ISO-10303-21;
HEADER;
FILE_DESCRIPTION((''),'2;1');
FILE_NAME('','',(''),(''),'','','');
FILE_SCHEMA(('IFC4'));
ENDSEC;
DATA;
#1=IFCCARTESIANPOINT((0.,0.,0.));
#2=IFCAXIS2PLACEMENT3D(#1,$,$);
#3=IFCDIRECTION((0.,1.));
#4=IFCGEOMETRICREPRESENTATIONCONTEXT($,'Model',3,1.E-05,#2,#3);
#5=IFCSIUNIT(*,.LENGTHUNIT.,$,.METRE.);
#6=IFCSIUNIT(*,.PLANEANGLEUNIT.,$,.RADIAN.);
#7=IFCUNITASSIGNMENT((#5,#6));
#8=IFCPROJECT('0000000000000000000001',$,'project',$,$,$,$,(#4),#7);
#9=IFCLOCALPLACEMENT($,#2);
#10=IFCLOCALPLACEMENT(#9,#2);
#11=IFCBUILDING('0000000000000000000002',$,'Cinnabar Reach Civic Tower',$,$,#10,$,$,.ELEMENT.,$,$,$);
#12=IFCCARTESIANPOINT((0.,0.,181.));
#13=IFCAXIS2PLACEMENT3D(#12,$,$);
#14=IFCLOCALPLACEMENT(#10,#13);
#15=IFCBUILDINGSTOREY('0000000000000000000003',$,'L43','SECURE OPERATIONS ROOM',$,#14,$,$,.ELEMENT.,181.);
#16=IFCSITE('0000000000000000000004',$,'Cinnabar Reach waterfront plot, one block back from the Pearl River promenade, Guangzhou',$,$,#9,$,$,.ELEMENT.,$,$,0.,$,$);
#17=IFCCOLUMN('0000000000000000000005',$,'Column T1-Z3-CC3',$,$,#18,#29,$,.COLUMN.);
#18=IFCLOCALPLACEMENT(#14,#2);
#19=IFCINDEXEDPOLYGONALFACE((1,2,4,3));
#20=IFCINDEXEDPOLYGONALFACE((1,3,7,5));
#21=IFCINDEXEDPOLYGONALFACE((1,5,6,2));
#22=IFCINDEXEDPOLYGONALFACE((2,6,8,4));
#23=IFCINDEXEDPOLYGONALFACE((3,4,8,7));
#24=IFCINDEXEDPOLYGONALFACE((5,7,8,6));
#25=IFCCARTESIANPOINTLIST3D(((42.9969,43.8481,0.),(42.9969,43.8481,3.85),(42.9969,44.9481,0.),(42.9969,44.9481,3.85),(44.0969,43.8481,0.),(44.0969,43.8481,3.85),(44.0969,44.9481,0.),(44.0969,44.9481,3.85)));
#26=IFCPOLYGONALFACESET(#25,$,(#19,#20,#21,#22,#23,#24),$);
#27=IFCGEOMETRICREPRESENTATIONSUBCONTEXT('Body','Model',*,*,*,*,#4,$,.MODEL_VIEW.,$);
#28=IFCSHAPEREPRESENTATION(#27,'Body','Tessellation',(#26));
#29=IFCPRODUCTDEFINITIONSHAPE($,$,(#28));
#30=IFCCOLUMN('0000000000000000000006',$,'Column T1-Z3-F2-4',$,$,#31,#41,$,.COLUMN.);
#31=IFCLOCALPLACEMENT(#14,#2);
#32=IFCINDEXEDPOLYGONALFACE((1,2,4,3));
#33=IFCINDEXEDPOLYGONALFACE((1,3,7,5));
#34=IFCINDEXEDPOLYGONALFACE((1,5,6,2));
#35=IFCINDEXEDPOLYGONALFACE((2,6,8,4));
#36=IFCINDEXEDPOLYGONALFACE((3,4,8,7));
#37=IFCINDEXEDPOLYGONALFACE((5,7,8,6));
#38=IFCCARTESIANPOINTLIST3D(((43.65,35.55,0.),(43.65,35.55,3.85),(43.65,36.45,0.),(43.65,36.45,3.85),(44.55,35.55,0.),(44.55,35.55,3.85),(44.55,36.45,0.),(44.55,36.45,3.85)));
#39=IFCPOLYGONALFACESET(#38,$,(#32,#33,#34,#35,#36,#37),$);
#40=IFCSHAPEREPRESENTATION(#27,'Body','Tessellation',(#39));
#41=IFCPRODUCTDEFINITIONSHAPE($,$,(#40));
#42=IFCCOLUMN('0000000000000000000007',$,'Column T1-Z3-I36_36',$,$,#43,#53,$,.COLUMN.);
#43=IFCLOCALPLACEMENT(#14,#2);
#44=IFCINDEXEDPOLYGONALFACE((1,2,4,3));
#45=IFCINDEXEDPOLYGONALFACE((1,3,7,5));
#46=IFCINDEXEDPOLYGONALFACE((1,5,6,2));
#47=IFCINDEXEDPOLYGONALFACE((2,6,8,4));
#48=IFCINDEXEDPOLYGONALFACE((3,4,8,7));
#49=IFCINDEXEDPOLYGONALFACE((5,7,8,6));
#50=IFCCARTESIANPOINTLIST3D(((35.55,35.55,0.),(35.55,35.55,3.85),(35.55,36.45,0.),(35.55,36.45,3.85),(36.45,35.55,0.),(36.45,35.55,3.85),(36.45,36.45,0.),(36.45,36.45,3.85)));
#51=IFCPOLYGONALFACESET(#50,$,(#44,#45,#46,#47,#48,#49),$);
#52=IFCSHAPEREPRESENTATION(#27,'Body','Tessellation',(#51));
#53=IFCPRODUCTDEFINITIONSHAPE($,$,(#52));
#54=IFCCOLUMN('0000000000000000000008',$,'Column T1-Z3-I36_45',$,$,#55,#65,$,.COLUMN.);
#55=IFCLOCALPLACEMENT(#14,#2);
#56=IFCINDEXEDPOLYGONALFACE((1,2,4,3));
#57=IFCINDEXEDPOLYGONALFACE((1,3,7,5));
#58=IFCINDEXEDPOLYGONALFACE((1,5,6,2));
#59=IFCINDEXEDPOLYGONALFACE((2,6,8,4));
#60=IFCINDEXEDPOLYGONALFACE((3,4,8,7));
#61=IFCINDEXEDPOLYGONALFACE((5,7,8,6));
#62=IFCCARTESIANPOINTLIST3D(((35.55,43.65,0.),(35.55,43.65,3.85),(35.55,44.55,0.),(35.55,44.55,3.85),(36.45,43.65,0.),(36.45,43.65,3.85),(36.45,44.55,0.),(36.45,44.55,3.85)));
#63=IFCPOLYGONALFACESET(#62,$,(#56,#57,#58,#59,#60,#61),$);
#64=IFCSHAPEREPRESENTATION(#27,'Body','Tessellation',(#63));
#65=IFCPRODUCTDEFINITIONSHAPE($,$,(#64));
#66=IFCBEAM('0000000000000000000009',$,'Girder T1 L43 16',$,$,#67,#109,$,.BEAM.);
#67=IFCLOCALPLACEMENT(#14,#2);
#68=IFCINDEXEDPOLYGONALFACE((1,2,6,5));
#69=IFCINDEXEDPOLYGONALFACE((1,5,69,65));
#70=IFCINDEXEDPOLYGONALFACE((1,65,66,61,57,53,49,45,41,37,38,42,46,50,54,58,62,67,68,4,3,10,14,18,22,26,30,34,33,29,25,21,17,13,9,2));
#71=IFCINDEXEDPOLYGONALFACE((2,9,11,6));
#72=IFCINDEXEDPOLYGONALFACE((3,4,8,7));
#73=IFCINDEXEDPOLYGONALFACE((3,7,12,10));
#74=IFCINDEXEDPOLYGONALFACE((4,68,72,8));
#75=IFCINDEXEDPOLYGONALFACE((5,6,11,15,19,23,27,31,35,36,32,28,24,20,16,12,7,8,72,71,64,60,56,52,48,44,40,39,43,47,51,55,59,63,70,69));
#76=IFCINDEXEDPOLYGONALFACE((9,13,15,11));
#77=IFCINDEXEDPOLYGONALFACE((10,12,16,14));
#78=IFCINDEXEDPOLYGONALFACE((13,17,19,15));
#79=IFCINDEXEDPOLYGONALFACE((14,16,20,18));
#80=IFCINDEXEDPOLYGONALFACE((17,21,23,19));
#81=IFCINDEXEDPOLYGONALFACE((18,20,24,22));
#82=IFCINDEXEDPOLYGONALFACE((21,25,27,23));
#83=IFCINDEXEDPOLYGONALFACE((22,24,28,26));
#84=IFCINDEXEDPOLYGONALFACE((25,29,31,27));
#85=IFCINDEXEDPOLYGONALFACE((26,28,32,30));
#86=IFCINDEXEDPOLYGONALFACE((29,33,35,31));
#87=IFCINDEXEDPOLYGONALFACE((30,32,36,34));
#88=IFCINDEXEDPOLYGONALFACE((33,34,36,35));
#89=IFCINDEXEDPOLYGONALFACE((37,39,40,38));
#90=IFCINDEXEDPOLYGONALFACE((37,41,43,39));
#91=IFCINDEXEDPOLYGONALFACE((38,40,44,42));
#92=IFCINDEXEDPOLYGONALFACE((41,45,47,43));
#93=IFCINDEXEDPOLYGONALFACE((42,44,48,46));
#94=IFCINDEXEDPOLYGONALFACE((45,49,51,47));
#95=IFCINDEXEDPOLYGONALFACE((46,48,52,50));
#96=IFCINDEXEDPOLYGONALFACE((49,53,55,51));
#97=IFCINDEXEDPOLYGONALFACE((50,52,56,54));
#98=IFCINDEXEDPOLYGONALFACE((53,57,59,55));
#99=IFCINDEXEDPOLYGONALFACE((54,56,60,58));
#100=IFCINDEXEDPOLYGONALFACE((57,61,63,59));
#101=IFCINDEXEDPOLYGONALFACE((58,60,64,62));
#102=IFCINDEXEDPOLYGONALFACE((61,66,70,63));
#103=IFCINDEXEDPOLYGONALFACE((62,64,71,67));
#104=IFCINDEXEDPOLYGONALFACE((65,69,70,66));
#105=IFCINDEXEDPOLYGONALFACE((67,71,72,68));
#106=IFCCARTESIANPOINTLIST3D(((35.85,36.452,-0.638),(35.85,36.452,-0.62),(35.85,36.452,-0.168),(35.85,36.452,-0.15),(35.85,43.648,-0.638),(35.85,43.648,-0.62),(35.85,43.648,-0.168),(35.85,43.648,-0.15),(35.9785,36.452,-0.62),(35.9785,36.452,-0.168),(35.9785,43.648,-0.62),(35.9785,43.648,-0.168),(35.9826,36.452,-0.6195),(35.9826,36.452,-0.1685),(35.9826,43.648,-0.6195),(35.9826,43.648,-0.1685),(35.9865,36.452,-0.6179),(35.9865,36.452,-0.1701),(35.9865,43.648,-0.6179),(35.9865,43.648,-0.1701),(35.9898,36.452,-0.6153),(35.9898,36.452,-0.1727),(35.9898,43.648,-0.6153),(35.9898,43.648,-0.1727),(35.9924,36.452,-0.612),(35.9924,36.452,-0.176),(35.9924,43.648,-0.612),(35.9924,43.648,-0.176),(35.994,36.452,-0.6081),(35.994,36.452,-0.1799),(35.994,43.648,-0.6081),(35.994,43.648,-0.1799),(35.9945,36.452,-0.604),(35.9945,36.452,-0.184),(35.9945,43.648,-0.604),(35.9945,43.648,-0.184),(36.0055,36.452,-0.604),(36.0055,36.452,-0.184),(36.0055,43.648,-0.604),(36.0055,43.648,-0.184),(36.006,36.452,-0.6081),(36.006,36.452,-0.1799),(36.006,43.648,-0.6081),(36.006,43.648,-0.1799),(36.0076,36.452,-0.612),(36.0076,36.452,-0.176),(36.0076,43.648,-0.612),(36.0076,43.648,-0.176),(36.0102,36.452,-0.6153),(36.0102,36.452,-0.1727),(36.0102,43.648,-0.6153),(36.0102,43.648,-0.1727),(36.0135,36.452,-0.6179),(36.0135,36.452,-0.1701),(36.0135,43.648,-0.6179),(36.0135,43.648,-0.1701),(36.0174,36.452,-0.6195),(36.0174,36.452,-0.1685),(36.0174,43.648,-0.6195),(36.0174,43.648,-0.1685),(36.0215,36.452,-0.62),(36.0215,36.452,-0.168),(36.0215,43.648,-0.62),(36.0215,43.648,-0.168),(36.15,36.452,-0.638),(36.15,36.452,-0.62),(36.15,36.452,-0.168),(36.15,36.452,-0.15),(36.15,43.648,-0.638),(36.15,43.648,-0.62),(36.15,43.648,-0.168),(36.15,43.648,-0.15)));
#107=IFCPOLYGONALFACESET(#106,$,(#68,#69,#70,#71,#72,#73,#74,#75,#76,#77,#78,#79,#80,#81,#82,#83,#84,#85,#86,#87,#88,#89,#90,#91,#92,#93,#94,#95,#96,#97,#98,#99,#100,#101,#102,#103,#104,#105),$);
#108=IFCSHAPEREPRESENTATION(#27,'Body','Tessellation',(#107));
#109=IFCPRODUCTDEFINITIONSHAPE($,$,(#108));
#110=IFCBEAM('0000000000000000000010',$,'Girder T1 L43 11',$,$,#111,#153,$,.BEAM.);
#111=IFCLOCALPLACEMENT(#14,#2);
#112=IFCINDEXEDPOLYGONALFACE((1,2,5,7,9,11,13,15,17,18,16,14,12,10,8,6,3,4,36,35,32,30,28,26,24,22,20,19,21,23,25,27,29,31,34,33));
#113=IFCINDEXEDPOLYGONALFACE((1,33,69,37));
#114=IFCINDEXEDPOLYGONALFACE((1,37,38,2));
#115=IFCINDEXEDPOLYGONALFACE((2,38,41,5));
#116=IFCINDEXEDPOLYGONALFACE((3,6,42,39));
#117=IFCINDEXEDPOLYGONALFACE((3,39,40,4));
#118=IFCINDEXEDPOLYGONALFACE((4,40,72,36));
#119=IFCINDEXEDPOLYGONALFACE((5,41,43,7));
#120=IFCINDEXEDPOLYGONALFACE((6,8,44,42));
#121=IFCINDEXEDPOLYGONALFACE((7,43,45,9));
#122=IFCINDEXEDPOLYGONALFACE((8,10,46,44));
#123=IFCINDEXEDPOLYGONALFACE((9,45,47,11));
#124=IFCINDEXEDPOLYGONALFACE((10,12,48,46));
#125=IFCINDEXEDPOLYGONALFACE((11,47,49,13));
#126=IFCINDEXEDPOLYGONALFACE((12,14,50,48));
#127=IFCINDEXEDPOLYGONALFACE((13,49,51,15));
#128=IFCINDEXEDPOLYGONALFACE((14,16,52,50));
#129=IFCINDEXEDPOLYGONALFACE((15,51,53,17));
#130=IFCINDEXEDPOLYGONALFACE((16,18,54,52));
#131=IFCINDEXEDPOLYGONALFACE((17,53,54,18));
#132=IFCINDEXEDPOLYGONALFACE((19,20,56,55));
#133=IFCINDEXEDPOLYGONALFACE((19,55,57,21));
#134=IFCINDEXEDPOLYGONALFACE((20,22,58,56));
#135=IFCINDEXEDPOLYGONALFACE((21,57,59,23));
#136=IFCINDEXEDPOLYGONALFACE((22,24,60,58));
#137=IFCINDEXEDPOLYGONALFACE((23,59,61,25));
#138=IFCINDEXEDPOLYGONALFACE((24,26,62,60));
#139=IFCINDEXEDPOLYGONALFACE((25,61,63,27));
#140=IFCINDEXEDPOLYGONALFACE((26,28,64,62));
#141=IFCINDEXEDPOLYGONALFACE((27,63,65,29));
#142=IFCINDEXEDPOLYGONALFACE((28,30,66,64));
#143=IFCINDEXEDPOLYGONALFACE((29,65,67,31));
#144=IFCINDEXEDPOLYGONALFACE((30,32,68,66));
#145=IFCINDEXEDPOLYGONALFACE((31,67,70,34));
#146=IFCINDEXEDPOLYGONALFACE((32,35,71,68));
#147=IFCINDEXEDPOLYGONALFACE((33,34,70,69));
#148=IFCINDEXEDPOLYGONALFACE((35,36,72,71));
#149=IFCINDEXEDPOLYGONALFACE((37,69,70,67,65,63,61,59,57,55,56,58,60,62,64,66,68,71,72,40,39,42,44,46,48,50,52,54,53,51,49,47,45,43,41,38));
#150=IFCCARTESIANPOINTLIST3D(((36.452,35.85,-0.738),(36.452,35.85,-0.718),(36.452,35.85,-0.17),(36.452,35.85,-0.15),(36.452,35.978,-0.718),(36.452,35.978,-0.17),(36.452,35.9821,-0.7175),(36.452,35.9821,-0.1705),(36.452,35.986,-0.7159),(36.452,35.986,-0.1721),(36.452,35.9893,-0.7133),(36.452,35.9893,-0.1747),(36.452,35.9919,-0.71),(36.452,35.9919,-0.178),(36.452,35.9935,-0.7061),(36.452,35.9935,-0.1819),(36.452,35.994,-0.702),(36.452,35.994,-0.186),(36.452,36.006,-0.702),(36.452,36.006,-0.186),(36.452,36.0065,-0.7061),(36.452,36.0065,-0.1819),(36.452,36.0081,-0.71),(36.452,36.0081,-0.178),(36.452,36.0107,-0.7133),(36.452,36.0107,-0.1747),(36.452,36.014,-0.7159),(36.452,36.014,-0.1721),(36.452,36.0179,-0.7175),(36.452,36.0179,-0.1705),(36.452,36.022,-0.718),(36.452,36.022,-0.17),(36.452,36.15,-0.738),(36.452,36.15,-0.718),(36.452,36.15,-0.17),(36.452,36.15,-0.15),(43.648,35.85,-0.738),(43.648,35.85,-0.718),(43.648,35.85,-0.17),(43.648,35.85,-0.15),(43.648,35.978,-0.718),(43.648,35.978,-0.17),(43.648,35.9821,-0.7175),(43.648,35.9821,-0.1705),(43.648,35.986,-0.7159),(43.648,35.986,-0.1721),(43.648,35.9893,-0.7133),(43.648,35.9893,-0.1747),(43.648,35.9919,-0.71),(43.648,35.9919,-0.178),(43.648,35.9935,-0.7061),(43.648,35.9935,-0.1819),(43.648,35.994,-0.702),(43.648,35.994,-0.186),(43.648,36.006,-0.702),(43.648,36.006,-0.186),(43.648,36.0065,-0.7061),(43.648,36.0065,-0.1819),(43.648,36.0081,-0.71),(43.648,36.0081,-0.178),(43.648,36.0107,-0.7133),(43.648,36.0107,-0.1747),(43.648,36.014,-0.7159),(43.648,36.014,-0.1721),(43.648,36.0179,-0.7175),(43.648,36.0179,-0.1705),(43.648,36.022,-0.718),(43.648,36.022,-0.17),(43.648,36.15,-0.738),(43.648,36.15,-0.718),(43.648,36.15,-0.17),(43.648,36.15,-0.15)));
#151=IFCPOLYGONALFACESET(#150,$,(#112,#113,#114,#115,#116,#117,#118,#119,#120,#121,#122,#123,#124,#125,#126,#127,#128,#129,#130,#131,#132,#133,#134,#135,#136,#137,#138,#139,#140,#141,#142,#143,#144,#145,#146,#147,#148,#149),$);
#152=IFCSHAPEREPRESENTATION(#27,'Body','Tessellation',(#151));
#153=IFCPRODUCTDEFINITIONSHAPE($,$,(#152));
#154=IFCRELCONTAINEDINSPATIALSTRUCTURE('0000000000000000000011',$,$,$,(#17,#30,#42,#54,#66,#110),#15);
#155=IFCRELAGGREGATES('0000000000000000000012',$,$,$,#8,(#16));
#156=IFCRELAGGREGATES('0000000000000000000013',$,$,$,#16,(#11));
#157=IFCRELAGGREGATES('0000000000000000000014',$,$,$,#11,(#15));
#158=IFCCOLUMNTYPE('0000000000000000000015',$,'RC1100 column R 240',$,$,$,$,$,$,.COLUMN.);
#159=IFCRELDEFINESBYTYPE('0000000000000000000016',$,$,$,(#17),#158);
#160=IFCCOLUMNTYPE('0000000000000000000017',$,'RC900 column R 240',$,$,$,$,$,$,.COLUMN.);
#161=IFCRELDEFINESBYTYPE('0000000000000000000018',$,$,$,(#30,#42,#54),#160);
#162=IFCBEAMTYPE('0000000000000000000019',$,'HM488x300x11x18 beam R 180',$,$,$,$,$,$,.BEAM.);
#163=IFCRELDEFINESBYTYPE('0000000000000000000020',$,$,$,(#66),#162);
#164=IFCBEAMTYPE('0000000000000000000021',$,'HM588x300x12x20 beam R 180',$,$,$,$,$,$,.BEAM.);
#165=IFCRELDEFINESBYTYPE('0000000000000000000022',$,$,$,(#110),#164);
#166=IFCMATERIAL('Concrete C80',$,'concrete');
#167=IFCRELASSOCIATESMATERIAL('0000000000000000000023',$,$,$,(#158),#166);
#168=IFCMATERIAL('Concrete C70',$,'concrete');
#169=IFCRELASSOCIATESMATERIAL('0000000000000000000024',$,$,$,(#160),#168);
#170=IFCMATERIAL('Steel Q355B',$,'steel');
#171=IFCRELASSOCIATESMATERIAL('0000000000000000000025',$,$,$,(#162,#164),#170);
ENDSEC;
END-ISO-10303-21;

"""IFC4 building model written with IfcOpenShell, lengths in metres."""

from ifc_helpers import new_model, si_unit, direction, frame, origin, origin_2d, place, context, subcontext, project, spatial, rectangle, i_section, extrude, material, material_profile, profile_set, type_object, element, save


model = new_model("IFC4")

# Units and contexts
model_context = context("Model", 3, precision=1e-05, world=origin(), true_north=direction((0.0, 1.0)))
body_context = subcontext(model_context, "Body", "Model", "MODEL_VIEW")
ifc_project = project(units=[si_unit("LENGTHUNIT", "METRE"), si_unit("PLANEANGLEUNIT", "RADIAN")], contexts=[model_context])

# Site, building, storey
site_placement = place(None, origin())
site = spatial("IfcSite", under=ifc_project, at=site_placement, Name="Cinnabar Reach waterfront plot, one block back from the Pearl River promenade, Guangzhou", CompositionType="ELEMENT", RefElevation=0.0)
building_placement = place(site_placement, origin())
building = spatial("IfcBuilding", under=site, at=building_placement, Name="Cinnabar Reach Civic Tower", CompositionType="ELEMENT")
storey_placement = place(building_placement, frame((0.0, 0.0, 181.0)))
storey = spatial("IfcBuildingStorey", under=building, at=storey_placement, Name="L43", Description="SECURE OPERATIONS ROOM", CompositionType="ELEMENT", Elevation=181.0)

# Columns
ifc_material_1 = material(Name="Concrete C80", Category="concrete")
ifc_material_profile_1 = material_profile(ifc_material_1, rectangle(XDim=1.1, YDim=1.1, at=origin_2d()), Name="RC1100")
ifc_profile_set_1 = profile_set([ifc_material_profile_1], Name="Concrete C80")
column_type_1 = type_object("IfcColumnType", Name="RC1100 column R 240", PredefinedType="COLUMN", material=ifc_profile_set_1)
column_placement = place(storey_placement, frame((43.5469, 44.3981, 0.0), z_axis=(0.0, 0.0, 1.0), x_axis=(1.0, 0.0, 0.0)))
element("IfcColumn", 1, at=column_placement, inside=storey, type_object=column_type_1, Name="Column T1-Z3-CC3", PredefinedType="COLUMN", context=body_context, shape_type="SweptSolid", body=[
    extrude(rectangle(XDim=1.1, YDim=1.1, at=origin_2d()), origin(), (0.0, 0.0, 1.0), 3.85),
])
ifc_material_2 = material(Name="Concrete C70", Category="concrete")
ifc_material_profile_2 = material_profile(ifc_material_2, rectangle(XDim=0.9, YDim=0.9, at=origin_2d()), Name="RC900")
ifc_profile_set_2 = profile_set([ifc_material_profile_2], Name="Concrete C70")
column_type_2 = type_object("IfcColumnType", Name="RC900 column R 240", PredefinedType="COLUMN", material=ifc_profile_set_2)
for number, where, z_axis, x_axis, name in (
    (2, (44.1, 36.0, 0.0), (0.0, 0.0, 1.0), (1.0, 0.0, 0.0), "Column T1-Z3-F2-4"),
    (3, (36.0, 36.0, 0.0), (0.0, 0.0, 1.0), (1.0, 0.0, 0.0), "Column T1-Z3-I36_36"),
    (4, (36.0, 44.1, 0.0), (0.0, 0.0, 1.0), (1.0, 0.0, 0.0), "Column T1-Z3-I36_45"),
):
    element("IfcColumn", number, at=place(storey_placement, frame(where, z_axis=z_axis, x_axis=x_axis)), inside=storey, type_object=column_type_2, Name=name, PredefinedType="COLUMN", context=body_context, shape_type="SweptSolid", body=[
        extrude(rectangle(XDim=0.9, YDim=0.9, at=origin_2d()), origin(), (0.0, 0.0, 1.0), 3.85),
    ])

# Beams
ifc_material_3 = material(Name="Steel Q355B", Category="steel")
ifc_material_profile_3 = material_profile(ifc_material_3, i_section(OverallWidth=0.3, OverallDepth=0.488, WebThickness=0.011, FlangeThickness=0.018, FilletRadius=0.016, at=origin_2d()), Name="HM488x300x11x18")
ifc_profile_set_3 = profile_set([ifc_material_profile_3], Name="Steel Q355B")
beam_type_1 = type_object("IfcBeamType", Name="HM488x300x11x18 beam R 180", PredefinedType="BEAM", material=ifc_profile_set_3)
beam_1_placement = place(storey_placement, frame((36.0, 36.452, -0.394), z_axis=(0.0, 1.0, 0.0), x_axis=(-1.0, 0.0, 0.0)))
element("IfcBeam", 5, at=beam_1_placement, inside=storey, type_object=beam_type_1, Name="Girder T1 L43 16", PredefinedType="BEAM", context=body_context, shape_type="SweptSolid", body=[
    extrude(i_section(OverallWidth=0.3, OverallDepth=0.488, WebThickness=0.011, FlangeThickness=0.018, FilletRadius=0.016, at=origin_2d()), origin(), (0.0, 0.0, 1.0), 7.196),
])
ifc_material_profile_4 = material_profile(ifc_material_3, i_section(OverallWidth=0.3, OverallDepth=0.588, WebThickness=0.012, FlangeThickness=0.02, FilletRadius=0.016, at=origin_2d()), Name="HM588x300x12x20")
ifc_profile_set_4 = profile_set([ifc_material_profile_4], Name="Steel Q355B")
beam_type_2 = type_object("IfcBeamType", Name="HM588x300x12x20 beam R 180", PredefinedType="BEAM", material=ifc_profile_set_4)
beam_2_placement = place(storey_placement, frame((36.452, 36.0, -0.444), z_axis=(1.0, 0.0, 0.0), x_axis=(0.0, 1.0, 0.0)))
element("IfcBeam", 6, at=beam_2_placement, inside=storey, type_object=beam_type_2, Name="Girder T1 L43 11", PredefinedType="BEAM", context=body_context, shape_type="SweptSolid", body=[
    extrude(i_section(OverallWidth=0.3, OverallDepth=0.588, WebThickness=0.012, FlangeThickness=0.02, FilletRadius=0.016, at=origin_2d()), origin(), (0.0, 0.0, 1.0), 7.196),
])

save(model, "model.ifc")
